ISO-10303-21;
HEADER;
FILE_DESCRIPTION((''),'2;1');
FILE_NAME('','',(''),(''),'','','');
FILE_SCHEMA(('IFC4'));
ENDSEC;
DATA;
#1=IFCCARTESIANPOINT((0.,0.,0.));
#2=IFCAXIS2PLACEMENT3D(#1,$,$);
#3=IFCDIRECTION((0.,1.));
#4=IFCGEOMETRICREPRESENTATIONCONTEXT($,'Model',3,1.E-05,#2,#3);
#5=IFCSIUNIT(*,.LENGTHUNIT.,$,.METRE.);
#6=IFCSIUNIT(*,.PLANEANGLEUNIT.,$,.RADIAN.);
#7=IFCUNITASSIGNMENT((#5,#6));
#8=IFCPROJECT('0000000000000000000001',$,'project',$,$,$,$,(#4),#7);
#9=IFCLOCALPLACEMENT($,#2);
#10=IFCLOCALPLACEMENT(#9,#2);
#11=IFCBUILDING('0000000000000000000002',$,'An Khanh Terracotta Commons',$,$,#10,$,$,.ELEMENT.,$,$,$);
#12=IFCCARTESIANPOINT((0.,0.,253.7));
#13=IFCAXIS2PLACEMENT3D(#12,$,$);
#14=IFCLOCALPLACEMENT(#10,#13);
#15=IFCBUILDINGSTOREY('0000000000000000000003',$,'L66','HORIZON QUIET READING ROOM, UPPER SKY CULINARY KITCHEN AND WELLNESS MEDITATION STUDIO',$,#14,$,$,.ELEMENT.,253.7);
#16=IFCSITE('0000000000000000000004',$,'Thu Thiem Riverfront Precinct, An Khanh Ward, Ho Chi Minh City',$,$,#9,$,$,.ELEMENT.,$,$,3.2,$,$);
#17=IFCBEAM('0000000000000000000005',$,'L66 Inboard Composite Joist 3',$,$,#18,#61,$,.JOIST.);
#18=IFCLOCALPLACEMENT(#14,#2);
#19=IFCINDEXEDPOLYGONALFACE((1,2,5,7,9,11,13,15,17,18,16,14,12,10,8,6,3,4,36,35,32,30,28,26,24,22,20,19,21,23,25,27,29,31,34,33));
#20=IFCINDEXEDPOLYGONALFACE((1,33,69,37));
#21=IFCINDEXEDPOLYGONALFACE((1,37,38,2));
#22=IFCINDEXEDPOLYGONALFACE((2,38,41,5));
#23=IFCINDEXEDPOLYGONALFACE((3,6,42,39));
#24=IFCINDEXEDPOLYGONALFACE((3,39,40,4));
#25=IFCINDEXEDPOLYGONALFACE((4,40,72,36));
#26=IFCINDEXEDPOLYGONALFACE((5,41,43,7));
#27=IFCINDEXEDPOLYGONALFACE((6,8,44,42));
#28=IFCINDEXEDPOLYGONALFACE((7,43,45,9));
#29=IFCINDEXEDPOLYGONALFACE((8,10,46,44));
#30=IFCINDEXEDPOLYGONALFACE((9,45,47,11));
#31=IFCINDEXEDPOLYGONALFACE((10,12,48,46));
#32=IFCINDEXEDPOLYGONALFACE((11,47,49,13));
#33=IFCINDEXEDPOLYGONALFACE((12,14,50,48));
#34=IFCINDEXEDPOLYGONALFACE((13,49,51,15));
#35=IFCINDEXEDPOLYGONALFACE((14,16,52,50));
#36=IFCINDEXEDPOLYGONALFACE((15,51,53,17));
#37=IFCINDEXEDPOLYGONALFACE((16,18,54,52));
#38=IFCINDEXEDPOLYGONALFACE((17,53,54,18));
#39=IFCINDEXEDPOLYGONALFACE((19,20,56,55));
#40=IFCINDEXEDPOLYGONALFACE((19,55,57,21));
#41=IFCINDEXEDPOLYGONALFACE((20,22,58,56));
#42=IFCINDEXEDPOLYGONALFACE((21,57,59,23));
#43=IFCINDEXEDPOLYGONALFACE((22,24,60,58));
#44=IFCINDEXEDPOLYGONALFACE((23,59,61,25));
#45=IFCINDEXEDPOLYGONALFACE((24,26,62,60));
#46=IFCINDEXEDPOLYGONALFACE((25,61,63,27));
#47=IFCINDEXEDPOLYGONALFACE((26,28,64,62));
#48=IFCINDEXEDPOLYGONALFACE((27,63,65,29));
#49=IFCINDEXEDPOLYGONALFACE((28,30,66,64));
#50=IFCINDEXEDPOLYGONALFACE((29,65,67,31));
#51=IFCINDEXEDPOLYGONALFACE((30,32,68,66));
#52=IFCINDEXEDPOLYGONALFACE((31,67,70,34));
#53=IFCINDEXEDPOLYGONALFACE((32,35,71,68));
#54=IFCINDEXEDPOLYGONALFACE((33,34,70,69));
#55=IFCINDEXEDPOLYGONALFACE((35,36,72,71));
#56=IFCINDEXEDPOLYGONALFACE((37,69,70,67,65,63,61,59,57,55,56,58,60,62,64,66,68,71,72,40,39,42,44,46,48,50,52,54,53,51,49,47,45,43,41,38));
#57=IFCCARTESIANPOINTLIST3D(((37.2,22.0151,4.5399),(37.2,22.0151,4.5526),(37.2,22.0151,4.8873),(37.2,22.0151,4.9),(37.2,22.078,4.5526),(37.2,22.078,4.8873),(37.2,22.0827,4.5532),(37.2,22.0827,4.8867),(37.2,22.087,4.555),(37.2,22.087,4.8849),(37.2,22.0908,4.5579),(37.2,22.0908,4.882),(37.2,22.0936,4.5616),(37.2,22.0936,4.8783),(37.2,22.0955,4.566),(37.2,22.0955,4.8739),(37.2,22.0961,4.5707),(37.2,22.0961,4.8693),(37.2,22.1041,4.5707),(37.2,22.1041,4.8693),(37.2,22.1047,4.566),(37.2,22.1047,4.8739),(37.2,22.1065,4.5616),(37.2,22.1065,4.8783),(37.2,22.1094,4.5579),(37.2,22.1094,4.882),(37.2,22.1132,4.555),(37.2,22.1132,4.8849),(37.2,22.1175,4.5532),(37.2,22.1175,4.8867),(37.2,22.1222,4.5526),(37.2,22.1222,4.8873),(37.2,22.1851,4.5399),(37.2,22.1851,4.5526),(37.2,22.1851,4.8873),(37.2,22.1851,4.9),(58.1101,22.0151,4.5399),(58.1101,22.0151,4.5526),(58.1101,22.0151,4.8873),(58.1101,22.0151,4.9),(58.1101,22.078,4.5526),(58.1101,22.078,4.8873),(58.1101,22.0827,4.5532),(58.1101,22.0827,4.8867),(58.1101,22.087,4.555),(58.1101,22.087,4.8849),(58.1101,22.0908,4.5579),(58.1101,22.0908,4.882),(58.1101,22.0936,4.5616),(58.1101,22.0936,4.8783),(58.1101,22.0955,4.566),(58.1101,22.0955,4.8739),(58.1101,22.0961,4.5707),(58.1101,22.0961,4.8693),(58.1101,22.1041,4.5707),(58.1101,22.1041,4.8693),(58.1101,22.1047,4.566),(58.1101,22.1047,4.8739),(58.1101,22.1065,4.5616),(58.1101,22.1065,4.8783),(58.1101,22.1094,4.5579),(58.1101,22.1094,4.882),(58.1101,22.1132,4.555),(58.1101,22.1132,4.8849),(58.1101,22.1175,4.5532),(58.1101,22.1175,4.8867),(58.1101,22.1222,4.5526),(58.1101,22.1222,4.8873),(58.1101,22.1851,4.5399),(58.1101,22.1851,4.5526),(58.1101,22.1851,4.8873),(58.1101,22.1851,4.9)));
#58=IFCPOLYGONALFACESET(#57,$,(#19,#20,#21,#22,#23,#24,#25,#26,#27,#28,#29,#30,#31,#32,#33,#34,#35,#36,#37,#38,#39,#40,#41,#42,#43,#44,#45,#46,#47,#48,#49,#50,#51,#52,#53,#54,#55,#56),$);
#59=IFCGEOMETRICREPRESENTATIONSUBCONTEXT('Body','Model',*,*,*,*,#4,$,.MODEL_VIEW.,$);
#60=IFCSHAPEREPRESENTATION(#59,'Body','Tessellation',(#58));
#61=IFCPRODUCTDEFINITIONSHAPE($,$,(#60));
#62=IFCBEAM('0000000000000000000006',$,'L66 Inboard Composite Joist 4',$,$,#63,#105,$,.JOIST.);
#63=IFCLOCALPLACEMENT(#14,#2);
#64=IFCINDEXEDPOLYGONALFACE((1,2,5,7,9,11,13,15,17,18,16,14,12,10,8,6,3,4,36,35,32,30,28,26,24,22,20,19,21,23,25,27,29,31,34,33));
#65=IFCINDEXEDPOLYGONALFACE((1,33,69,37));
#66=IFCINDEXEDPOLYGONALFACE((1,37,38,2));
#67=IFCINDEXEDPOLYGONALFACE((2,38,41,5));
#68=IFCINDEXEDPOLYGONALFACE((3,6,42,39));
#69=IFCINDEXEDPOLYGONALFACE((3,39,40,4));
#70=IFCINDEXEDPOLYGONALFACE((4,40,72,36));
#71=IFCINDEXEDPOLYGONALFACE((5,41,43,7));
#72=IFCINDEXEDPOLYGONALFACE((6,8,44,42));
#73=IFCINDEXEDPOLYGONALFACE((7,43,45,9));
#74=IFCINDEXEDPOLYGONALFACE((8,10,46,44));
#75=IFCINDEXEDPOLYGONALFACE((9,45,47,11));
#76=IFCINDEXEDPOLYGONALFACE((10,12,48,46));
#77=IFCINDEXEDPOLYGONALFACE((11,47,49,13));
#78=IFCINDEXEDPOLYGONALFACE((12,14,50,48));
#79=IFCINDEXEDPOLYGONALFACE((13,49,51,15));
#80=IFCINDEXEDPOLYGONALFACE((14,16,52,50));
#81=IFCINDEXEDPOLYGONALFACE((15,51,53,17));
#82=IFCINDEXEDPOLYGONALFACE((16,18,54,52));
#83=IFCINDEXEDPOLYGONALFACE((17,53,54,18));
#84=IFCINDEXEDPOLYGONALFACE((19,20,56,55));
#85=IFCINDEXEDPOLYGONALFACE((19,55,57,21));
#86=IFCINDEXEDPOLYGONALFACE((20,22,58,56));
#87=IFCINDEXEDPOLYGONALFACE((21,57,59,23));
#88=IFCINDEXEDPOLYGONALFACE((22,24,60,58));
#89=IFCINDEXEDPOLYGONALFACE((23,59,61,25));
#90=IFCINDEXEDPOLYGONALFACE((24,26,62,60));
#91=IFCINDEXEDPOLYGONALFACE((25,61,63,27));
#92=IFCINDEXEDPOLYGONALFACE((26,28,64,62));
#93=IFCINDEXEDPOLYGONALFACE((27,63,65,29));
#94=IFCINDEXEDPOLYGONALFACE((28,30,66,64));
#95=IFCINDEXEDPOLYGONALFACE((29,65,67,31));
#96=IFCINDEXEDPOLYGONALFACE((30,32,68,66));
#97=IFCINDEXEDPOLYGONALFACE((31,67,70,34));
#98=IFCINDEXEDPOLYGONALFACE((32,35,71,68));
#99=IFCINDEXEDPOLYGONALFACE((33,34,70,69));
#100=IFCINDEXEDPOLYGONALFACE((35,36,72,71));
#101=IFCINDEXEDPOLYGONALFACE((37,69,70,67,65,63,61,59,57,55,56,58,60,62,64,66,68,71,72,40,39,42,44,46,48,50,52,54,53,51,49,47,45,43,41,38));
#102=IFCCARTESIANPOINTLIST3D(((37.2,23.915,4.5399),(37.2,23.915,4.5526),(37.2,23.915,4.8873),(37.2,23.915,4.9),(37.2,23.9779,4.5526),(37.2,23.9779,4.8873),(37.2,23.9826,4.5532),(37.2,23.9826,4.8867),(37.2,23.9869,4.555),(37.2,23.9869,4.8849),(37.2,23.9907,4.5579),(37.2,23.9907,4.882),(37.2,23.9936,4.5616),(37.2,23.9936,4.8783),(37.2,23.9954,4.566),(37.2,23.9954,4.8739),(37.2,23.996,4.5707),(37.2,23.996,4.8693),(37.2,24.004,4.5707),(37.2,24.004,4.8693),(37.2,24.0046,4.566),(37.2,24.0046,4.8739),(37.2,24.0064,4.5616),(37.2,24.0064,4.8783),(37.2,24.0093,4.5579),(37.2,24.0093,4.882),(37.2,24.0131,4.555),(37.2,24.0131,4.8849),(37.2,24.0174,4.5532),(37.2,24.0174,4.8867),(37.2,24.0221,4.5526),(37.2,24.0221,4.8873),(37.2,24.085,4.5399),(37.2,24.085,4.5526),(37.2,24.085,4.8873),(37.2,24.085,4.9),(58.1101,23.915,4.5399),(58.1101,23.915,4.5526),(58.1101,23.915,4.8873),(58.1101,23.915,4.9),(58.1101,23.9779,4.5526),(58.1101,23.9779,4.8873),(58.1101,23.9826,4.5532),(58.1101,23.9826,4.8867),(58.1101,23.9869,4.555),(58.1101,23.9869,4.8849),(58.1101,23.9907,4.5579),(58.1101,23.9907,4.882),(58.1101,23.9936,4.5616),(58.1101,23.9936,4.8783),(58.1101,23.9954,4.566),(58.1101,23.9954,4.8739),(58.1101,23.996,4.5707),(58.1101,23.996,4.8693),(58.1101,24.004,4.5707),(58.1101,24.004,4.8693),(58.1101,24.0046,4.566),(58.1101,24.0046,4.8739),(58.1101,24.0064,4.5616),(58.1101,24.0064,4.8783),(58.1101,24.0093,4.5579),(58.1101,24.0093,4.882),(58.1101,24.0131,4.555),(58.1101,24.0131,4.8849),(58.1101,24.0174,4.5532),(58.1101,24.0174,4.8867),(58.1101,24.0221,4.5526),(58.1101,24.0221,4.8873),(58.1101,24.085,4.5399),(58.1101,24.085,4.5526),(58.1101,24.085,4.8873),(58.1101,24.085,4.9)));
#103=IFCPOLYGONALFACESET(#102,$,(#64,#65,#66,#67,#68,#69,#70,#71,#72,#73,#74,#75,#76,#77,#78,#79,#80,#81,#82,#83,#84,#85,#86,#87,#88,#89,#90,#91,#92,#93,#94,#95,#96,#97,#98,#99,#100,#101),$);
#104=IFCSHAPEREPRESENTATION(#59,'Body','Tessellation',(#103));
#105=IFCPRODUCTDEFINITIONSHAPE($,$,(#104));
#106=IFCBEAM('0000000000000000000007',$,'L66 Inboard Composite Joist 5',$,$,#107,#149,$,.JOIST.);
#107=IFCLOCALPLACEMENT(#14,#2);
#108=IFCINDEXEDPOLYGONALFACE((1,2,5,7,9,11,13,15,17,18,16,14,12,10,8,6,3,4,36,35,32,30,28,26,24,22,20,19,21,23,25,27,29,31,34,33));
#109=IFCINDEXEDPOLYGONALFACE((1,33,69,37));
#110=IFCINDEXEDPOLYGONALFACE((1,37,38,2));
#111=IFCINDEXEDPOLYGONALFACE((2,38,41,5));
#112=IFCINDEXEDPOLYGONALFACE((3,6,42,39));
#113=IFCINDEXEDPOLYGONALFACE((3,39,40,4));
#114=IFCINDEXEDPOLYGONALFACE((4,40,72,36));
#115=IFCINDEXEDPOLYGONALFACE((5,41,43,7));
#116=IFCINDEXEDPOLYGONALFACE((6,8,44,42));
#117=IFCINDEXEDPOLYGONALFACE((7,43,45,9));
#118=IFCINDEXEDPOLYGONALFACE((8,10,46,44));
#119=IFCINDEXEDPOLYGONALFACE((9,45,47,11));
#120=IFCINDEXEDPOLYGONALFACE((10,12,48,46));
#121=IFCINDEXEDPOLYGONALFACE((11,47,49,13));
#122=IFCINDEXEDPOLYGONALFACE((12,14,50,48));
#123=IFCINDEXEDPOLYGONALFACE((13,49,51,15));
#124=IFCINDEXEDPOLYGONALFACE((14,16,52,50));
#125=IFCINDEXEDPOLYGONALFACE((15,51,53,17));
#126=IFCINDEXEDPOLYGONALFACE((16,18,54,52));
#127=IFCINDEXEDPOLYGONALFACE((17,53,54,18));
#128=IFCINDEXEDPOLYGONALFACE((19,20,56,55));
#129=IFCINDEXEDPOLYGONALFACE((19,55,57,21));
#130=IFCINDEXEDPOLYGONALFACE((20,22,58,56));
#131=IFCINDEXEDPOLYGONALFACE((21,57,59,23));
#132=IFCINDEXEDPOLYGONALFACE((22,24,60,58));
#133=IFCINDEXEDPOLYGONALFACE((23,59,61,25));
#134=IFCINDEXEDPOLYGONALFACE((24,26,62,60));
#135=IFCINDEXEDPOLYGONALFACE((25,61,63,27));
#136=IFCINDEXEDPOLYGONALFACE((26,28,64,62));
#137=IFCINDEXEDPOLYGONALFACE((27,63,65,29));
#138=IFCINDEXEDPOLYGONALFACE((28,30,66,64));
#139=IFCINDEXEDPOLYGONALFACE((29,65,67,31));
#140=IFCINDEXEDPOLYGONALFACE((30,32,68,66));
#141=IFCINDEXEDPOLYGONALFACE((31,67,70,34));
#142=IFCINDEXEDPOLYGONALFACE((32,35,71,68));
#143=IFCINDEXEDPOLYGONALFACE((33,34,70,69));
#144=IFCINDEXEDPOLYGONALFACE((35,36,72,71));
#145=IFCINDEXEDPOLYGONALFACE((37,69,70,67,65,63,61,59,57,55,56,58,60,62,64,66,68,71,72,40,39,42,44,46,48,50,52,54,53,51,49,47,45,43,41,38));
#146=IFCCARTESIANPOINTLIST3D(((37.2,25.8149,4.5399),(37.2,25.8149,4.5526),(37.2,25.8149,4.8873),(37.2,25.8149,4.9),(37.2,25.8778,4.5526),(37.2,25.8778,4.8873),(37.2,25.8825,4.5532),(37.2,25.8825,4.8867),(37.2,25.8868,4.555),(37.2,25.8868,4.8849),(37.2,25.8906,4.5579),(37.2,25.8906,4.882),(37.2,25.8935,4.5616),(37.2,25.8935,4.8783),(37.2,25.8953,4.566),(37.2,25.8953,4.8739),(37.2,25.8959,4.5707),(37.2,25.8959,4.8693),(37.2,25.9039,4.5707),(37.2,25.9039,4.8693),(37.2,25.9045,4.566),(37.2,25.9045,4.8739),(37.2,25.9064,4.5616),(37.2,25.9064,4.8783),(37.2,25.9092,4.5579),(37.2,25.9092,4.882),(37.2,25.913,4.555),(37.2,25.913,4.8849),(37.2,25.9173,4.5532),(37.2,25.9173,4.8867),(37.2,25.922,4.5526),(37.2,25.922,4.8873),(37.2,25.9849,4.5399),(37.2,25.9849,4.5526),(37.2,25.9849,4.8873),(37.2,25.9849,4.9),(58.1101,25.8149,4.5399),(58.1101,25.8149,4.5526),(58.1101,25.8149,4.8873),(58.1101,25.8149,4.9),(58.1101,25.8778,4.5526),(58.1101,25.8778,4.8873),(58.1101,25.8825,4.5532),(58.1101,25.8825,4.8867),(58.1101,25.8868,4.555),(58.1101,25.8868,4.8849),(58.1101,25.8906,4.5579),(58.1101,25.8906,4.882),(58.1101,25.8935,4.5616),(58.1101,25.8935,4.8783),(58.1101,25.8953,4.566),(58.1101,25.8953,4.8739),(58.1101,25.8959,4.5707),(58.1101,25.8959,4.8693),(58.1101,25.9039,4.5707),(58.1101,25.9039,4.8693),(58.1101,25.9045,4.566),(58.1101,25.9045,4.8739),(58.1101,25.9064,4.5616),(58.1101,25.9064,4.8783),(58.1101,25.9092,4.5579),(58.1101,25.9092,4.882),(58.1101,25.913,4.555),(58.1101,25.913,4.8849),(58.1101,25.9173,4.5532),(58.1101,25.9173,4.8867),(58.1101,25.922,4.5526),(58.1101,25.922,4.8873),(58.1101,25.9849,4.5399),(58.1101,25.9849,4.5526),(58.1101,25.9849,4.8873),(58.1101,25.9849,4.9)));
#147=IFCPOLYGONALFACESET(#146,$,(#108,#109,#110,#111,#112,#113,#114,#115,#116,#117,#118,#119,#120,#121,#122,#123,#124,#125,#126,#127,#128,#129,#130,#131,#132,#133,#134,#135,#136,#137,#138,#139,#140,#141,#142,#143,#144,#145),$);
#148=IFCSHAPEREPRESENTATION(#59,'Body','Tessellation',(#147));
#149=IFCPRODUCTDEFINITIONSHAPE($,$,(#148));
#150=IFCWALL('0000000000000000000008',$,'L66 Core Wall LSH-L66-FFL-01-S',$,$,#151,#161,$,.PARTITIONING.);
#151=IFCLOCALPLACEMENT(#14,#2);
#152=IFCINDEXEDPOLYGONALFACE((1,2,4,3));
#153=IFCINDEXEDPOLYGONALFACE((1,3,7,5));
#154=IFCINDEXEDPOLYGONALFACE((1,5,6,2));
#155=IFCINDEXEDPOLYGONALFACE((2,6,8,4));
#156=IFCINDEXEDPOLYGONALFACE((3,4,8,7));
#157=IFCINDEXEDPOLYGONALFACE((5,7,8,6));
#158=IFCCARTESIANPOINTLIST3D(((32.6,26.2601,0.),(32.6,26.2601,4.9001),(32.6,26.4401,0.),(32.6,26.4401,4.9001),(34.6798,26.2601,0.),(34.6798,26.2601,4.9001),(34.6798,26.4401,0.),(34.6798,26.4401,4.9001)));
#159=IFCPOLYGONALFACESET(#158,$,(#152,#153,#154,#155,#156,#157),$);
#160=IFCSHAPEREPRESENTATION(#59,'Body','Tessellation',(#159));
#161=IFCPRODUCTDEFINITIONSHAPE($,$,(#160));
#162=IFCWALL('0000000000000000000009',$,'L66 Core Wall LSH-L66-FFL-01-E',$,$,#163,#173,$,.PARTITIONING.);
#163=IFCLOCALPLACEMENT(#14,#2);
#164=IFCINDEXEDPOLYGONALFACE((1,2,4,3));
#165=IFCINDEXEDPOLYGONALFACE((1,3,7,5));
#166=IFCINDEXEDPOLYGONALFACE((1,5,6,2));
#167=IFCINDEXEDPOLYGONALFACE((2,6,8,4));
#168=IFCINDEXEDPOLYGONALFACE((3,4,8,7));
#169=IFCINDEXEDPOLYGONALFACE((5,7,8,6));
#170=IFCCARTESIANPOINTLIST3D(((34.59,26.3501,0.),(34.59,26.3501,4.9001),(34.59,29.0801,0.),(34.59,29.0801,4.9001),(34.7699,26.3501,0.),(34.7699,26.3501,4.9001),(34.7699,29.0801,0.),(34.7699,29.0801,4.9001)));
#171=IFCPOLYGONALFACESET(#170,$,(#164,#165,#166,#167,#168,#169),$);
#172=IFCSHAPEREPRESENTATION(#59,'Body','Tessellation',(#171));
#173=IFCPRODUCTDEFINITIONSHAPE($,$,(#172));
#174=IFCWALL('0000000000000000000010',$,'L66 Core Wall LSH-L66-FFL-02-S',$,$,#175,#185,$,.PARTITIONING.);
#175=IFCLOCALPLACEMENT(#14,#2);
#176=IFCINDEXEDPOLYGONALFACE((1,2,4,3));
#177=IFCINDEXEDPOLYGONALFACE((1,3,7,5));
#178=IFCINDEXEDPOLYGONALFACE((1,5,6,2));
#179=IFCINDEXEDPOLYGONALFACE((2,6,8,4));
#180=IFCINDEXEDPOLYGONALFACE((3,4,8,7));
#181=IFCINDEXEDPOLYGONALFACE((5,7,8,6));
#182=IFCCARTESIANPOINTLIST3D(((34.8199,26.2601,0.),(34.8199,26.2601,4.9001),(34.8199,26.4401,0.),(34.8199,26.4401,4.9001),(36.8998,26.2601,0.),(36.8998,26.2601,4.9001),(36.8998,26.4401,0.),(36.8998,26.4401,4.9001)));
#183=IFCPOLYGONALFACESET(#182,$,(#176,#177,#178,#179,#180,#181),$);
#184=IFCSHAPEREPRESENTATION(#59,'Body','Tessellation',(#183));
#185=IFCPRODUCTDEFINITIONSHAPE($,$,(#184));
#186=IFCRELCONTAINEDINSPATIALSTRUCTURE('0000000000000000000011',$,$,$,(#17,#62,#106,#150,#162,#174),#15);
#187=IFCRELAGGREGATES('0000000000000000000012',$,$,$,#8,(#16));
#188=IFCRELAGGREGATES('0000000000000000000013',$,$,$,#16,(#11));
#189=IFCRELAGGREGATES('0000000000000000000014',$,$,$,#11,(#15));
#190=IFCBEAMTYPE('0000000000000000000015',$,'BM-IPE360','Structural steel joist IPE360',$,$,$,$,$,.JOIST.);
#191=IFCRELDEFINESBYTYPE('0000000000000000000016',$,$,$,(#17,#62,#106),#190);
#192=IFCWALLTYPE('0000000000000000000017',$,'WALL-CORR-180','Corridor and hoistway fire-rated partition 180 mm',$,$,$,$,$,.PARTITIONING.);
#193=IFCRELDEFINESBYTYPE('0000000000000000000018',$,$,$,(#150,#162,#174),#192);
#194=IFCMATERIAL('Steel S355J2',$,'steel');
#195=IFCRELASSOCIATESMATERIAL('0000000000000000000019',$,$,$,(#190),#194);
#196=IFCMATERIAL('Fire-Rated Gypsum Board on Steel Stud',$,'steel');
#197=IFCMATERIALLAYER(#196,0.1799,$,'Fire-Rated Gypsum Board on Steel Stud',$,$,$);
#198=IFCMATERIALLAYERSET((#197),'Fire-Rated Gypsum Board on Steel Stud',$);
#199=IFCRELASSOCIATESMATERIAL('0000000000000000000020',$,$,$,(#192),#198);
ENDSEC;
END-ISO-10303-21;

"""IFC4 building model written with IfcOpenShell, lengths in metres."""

from ifc_helpers import new_model, si_unit, direction, frame, frame_2d, origin, origin_2d, place, context, subcontext, project, spatial, rectangle, i_section, extrude, material, layer, layer_set, material_profile, profile_set, type_object, element, save


model = new_model("IFC4")

# Units and contexts
model_context = context("Model", 3, precision=1e-05, world=origin(), true_north=direction((0.0, 1.0)))
body_context = subcontext(model_context, "Body", "Model", "MODEL_VIEW")
ifc_project = project(units=[si_unit("LENGTHUNIT", "METRE"), si_unit("PLANEANGLEUNIT", "RADIAN")], contexts=[model_context])

# Site, building, storey
site_placement = place(None, origin())
site = spatial("IfcSite", under=ifc_project, at=site_placement, Name="Thu Thiem Riverfront Precinct, An Khanh Ward, Ho Chi Minh City", CompositionType="ELEMENT", RefElevation=3.2)
building_placement = place(site_placement, origin())
building = spatial("IfcBuilding", under=site, at=building_placement, Name="An Khanh Terracotta Commons", CompositionType="ELEMENT")
storey_placement = place(building_placement, frame((0.0, 0.0, 253.7)))
storey = spatial("IfcBuildingStorey", under=building, at=storey_placement, Name="L66", Description="HORIZON QUIET READING ROOM, UPPER SKY CULINARY KITCHEN AND WELLNESS MEDITATION STUDIO", CompositionType="ELEMENT", Elevation=253.7)

# Beams
ifc_material_1 = material(Name="Steel S355J2", Category="steel")
ifc_material_profile = material_profile(ifc_material_1, i_section(OverallWidth=0.1699, OverallDepth=0.3601, WebThickness=0.0081, FlangeThickness=0.0127, FilletRadius=0.0181, at=origin_2d()), Name="IPE360")
ifc_profile_set = profile_set([ifc_material_profile], Name="Steel S355J2")
beam_type = type_object("IfcBeamType", Name="BM-IPE360", Description="Structural steel joist IPE360", PredefinedType="JOIST", material=ifc_profile_set)
for number, where, z_axis, x_axis, name in (
    (1, (37.2, 22.1001, 4.72), (1.0, 0.0, 0.0), (0.0, 1.0, 0.0), "L66 Inboard Composite Joist 3"),
    (2, (37.2, 24.0, 4.72), (1.0, 0.0, 0.0), (0.0, 1.0, 0.0), "L66 Inboard Composite Joist 4"),
    (3, (37.2, 25.8999, 4.72), (1.0, 0.0, 0.0), (0.0, 1.0, 0.0), "L66 Inboard Composite Joist 5"),
):
    element("IfcBeam", number, at=place(storey_placement, frame(where, z_axis=z_axis, x_axis=x_axis)), inside=storey, type_object=beam_type, Name=name, PredefinedType="JOIST", context=body_context, shape_type="SweptSolid", body=[
        extrude(i_section(OverallWidth=0.1699, OverallDepth=0.3601, WebThickness=0.0081, FlangeThickness=0.0127, FilletRadius=0.0181, at=origin_2d()), origin(), (0.0, 0.0, 1.0), 20.9102),
    ])

# Walls
ifc_material_2 = material(Name="Fire-Rated Gypsum Board on Steel Stud", Category="steel")
ifc_layer = layer(ifc_material_2, 0.1799, Name="Fire-Rated Gypsum Board on Steel Stud")
ifc_layer_set = layer_set([ifc_layer], Name="Fire-Rated Gypsum Board on Steel Stud")
wall_type = type_object("IfcWallType", Name="WALL-CORR-180", Description="Corridor and hoistway fire-rated partition 180 mm", PredefinedType="PARTITIONING", material=ifc_layer_set)
wall_1_placement = place(storey_placement, frame((34.6799, 26.3501, 0.0), z_axis=(0.0, 0.0, 1.0), x_axis=(-1.0, 0.0, 0.0)))
element("IfcWall", 4, at=wall_1_placement, inside=storey, type_object=wall_type, Name="L66 Core Wall LSH-L66-FFL-01-S", PredefinedType="PARTITIONING", context=body_context, shape_type="SweptSolid", body=[
    extrude(rectangle(XDim=2.0798, YDim=0.1799, at=frame_2d((1.04, 0.0))), origin(), (0.0, 0.0, 1.0), 4.9001),
])
wall_2_placement = place(storey_placement, frame((34.6799, 26.3501, 0.0), z_axis=(0.0, 0.0, 1.0), x_axis=(0.0, 1.0, 0.0)))
element("IfcWall", 5, at=wall_2_placement, inside=storey, type_object=wall_type, Name="L66 Core Wall LSH-L66-FFL-01-E", PredefinedType="PARTITIONING", context=body_context, shape_type="SweptSolid", body=[
    extrude(rectangle(XDim=2.73, YDim=0.1799, at=frame_2d((1.365, 0.0))), origin(), (0.0, 0.0, 1.0), 4.9001),
])
wall_3_placement = place(storey_placement, frame((36.8999, 26.3501, 0.0), z_axis=(0.0, 0.0, 1.0), x_axis=(-1.0, 0.0, 0.0)))
element("IfcWall", 6, at=wall_3_placement, inside=storey, type_object=wall_type, Name="L66 Core Wall LSH-L66-FFL-02-S", PredefinedType="PARTITIONING", context=body_context, shape_type="SweptSolid", body=[
    extrude(rectangle(XDim=2.0798, YDim=0.1799, at=frame_2d((1.04, 0.0))), origin(), (0.0, 0.0, 1.0), 4.9001),
])

save(model, "model.ifc")
